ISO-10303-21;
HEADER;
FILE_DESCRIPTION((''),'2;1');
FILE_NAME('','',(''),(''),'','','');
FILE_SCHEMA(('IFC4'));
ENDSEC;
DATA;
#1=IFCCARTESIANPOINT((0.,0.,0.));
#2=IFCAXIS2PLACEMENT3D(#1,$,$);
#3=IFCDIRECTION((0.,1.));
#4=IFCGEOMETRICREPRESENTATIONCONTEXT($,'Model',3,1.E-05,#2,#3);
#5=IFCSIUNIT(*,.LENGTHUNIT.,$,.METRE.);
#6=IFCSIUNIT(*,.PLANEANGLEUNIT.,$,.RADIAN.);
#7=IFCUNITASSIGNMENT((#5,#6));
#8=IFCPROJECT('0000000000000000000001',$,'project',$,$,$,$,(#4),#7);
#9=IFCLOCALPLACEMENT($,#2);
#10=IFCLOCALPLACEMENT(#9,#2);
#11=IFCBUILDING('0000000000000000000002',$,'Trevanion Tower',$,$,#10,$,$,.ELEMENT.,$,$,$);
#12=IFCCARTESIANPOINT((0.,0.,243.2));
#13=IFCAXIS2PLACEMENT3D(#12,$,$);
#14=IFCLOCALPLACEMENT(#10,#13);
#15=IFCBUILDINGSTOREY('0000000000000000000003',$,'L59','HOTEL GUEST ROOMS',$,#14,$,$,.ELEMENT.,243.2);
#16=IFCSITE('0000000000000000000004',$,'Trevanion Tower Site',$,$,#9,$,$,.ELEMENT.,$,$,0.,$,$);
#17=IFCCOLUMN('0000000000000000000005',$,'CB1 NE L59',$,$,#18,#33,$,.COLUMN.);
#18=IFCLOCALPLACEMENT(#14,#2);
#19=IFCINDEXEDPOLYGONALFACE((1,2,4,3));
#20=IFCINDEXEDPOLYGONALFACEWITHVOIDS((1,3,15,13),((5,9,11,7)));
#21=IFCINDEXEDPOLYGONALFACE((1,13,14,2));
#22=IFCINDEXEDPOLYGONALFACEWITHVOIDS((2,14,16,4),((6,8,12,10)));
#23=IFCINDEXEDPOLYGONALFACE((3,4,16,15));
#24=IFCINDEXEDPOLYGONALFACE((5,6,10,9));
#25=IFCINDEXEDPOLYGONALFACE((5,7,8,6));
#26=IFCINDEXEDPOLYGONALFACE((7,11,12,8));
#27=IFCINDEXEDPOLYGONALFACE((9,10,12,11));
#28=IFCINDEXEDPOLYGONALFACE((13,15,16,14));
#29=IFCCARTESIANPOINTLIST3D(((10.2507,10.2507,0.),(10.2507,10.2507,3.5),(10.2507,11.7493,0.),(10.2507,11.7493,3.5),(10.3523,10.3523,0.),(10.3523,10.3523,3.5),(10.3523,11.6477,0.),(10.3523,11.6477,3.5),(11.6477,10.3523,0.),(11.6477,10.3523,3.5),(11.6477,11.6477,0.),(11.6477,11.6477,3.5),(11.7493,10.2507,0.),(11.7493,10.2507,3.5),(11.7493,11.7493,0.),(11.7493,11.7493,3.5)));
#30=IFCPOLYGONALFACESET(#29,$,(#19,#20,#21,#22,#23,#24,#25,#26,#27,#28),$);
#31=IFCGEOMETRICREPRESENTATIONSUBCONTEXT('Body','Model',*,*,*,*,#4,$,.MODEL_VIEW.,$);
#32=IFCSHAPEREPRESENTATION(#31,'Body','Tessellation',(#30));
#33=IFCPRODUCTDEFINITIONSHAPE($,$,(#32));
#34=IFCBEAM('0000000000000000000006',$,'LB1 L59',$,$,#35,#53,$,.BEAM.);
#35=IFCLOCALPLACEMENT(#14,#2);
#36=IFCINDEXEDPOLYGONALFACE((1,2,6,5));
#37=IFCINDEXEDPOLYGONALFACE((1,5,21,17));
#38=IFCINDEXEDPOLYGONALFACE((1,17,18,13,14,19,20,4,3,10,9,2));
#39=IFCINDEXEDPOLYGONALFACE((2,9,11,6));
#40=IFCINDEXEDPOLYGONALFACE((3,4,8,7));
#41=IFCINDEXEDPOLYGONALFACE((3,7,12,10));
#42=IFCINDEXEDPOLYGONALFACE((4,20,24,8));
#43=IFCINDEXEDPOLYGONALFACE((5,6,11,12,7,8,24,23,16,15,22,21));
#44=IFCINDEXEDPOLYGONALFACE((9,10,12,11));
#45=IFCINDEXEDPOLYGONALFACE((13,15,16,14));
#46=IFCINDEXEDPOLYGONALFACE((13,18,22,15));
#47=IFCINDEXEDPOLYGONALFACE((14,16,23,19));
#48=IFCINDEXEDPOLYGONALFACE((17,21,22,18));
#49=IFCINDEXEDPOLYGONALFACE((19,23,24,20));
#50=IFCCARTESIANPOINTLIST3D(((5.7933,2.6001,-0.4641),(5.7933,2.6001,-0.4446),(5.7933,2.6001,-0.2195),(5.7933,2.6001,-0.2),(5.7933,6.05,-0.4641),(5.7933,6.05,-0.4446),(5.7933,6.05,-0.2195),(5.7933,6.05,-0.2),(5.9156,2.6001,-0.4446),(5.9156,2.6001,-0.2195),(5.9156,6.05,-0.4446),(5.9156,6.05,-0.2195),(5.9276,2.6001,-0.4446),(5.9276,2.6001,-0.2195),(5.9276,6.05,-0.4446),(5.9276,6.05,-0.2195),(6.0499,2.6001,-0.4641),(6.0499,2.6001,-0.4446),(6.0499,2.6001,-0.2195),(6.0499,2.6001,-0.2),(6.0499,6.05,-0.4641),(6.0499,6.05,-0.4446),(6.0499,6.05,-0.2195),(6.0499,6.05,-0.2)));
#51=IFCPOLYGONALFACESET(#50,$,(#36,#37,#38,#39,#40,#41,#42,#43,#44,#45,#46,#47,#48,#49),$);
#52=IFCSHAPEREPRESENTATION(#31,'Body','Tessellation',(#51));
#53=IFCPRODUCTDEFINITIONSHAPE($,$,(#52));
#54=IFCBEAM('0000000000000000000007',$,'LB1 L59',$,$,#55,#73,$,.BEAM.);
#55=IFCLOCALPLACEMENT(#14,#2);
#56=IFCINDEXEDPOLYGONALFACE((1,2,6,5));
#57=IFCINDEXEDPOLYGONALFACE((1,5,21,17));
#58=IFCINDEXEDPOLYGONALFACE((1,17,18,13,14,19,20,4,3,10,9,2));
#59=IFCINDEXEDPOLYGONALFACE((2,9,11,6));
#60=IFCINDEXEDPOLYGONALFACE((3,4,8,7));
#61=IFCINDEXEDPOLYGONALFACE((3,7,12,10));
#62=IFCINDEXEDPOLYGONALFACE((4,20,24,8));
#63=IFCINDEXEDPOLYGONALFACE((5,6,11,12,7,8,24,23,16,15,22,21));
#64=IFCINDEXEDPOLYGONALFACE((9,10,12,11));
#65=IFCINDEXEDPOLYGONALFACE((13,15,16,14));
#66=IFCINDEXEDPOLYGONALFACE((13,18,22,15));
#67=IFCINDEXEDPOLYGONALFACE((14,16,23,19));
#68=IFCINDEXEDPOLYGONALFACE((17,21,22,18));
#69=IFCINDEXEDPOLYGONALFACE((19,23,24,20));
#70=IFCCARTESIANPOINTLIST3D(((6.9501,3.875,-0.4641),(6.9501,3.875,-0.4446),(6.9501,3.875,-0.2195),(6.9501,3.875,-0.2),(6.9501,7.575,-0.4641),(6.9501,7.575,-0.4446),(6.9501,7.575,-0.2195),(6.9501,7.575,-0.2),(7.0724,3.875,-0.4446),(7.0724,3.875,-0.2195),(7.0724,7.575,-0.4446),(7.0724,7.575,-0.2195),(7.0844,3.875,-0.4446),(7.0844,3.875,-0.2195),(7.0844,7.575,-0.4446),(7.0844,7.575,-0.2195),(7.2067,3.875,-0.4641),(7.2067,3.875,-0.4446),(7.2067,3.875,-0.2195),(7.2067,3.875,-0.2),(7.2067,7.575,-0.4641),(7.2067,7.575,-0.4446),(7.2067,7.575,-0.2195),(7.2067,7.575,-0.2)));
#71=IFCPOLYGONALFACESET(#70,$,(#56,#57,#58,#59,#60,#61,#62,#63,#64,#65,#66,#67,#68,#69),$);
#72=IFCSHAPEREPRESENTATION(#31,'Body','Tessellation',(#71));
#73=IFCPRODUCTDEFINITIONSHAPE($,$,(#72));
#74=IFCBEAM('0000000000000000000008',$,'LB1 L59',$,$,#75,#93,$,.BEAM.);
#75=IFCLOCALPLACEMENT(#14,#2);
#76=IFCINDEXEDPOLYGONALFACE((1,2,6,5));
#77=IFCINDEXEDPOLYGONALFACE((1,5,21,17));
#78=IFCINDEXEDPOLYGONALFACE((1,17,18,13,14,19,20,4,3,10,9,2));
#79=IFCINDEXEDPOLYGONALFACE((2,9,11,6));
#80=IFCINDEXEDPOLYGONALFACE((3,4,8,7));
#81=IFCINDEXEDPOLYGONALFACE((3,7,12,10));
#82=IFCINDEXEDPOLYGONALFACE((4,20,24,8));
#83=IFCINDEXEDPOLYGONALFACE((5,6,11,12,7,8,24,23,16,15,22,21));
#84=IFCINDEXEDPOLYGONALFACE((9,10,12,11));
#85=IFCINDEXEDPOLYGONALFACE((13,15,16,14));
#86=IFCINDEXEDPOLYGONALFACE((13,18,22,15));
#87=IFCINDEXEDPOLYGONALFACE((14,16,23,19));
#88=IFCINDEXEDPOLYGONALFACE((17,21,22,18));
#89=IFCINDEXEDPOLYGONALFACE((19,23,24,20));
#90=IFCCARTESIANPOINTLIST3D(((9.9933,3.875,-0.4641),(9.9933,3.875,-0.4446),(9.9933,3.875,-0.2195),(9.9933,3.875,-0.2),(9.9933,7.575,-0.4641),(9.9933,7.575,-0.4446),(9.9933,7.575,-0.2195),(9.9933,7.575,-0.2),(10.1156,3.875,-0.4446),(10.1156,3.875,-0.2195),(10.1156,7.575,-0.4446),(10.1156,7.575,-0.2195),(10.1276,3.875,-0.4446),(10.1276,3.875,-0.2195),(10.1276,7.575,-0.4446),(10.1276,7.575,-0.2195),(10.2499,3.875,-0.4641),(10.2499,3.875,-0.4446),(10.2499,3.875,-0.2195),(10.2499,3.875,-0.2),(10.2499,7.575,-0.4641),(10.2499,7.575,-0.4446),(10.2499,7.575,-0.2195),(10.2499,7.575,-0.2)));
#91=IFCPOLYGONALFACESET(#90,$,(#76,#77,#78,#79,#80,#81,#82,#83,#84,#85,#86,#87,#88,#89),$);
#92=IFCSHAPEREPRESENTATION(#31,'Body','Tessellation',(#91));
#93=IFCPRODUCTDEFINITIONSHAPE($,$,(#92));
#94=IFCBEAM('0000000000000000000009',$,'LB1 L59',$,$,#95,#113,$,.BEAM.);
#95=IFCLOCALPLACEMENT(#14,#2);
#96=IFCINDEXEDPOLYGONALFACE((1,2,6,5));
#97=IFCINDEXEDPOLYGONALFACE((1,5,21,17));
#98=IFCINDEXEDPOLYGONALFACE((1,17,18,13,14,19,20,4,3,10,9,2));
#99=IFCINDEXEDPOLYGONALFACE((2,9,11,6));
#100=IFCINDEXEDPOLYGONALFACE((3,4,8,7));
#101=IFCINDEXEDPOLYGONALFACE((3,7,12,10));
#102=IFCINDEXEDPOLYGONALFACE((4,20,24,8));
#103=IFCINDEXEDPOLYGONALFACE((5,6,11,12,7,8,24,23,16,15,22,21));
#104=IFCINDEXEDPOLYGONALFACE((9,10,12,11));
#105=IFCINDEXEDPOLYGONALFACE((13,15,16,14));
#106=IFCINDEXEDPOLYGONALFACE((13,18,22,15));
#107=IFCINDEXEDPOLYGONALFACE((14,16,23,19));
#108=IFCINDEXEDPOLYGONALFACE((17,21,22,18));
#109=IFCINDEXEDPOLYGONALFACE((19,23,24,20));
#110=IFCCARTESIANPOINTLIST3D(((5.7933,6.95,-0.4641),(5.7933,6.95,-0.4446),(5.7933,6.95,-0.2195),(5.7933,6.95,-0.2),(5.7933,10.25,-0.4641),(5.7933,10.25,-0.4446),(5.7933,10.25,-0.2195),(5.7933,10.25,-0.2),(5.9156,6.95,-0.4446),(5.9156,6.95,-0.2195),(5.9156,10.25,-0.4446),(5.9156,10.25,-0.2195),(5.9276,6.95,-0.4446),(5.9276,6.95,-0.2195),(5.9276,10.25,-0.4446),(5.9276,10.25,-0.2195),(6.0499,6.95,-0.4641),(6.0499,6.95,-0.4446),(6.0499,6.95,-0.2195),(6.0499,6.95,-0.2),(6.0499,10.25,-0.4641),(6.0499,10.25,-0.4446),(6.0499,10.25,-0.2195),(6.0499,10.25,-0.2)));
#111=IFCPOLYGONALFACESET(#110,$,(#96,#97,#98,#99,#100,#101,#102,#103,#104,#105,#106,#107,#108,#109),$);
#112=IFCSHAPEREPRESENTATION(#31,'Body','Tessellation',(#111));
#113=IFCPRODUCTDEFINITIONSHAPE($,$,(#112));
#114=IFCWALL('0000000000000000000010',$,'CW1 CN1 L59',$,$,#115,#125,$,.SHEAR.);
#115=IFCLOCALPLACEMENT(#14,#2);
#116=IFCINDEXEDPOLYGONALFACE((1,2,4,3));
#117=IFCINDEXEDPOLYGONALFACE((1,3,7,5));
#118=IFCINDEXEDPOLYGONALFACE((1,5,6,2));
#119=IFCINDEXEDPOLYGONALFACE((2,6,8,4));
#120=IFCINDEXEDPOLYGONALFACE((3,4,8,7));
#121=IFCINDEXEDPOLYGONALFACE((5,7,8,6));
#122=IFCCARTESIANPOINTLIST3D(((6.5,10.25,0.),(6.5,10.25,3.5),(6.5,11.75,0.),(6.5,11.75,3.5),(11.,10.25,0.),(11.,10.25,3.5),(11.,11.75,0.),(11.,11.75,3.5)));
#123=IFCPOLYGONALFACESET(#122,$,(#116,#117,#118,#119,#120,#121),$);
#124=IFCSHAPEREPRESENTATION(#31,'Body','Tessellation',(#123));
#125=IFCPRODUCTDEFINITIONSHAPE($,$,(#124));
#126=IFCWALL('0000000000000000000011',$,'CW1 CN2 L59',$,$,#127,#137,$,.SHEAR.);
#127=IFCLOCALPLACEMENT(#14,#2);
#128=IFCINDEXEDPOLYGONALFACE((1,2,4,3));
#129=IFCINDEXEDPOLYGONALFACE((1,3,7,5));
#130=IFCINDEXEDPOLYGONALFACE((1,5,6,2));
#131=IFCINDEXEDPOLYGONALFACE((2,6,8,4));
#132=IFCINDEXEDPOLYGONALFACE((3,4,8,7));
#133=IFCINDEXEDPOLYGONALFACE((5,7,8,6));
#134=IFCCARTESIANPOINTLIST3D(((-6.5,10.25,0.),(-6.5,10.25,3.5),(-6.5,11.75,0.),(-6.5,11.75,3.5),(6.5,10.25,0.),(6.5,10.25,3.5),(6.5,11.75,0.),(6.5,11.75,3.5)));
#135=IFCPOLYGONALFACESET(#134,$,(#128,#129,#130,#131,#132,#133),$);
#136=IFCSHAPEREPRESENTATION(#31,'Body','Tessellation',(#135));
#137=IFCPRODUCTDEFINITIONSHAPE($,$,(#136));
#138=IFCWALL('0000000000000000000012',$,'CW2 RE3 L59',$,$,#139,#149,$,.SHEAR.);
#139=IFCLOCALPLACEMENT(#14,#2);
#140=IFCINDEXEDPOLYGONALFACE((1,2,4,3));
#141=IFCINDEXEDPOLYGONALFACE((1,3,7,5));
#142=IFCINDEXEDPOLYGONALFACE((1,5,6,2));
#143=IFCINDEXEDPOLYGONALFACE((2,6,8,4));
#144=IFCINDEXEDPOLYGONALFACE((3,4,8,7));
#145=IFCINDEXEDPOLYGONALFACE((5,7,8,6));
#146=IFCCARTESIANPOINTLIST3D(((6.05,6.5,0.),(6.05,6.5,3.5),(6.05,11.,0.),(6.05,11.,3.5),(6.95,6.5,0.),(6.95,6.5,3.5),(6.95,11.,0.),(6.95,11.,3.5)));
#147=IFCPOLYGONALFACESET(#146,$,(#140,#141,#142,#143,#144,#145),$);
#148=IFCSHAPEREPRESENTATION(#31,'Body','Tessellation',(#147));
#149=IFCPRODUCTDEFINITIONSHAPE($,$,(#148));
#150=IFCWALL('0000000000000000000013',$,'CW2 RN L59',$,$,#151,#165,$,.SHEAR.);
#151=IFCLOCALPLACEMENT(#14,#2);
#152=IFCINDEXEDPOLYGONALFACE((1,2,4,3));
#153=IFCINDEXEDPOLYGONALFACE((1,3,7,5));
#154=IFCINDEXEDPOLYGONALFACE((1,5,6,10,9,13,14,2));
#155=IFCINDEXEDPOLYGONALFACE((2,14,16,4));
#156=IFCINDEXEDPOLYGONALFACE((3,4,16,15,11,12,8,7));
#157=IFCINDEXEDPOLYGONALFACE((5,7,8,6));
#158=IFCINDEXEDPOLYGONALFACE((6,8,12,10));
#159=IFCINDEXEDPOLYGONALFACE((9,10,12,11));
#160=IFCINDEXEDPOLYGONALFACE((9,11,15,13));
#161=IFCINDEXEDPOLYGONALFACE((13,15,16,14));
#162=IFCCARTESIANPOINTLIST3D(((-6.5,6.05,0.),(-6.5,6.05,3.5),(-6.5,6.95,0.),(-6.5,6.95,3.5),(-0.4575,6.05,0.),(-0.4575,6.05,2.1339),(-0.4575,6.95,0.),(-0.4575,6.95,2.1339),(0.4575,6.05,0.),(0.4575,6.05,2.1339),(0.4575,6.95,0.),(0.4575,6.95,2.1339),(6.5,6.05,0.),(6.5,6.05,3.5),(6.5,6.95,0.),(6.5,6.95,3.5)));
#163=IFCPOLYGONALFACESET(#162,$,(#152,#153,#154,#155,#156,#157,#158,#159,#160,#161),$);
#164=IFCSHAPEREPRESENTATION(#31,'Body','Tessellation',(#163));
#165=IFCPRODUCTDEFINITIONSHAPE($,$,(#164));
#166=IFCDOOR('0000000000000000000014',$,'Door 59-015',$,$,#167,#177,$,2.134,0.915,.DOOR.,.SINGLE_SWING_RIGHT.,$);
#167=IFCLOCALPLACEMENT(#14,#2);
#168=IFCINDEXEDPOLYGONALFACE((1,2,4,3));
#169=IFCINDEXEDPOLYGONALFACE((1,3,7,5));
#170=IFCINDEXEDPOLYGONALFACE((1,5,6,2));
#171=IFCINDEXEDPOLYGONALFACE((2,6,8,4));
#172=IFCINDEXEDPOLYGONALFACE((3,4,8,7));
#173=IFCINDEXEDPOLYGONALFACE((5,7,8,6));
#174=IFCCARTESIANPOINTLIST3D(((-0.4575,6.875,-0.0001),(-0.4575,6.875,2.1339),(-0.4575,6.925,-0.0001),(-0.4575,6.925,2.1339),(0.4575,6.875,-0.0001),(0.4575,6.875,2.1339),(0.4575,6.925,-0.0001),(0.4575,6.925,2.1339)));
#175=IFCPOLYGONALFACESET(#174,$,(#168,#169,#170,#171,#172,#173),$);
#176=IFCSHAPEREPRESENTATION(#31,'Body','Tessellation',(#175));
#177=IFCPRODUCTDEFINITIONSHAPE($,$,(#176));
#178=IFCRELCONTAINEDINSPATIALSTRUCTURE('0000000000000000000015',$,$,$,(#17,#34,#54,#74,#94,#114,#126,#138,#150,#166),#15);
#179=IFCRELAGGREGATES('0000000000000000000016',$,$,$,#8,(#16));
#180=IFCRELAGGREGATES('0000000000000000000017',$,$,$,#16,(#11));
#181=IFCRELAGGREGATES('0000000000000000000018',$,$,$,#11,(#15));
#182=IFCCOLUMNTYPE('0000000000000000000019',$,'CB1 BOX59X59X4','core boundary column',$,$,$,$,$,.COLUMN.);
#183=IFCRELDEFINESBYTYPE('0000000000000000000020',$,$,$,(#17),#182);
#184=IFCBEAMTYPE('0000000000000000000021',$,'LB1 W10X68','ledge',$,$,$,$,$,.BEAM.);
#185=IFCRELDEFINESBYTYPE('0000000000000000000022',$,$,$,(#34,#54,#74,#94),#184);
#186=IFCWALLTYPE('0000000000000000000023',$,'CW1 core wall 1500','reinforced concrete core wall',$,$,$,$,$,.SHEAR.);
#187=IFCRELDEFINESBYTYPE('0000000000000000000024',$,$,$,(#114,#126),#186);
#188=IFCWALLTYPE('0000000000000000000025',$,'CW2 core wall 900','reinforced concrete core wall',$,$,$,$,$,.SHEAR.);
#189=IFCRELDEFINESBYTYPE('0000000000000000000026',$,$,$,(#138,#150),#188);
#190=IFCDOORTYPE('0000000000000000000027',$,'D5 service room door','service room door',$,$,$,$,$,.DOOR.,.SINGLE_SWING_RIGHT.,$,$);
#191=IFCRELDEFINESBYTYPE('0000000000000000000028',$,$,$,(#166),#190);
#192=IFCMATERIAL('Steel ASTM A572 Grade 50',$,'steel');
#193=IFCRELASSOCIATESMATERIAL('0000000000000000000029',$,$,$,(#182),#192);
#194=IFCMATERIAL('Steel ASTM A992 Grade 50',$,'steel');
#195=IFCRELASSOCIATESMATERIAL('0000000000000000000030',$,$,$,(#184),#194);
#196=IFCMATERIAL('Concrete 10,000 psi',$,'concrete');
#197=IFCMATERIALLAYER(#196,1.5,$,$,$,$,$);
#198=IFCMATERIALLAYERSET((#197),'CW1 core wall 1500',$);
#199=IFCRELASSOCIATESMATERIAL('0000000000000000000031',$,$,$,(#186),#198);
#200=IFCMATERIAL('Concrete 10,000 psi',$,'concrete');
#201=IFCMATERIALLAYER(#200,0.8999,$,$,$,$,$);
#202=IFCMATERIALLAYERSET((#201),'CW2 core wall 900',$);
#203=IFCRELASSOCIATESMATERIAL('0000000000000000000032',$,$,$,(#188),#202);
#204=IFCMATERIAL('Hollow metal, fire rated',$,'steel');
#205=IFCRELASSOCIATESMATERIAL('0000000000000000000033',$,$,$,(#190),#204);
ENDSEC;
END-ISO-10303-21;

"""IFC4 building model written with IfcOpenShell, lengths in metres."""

from ifc_helpers import new_model, si_unit, direction, frame, frame_2d, origin, origin_2d, place, context, subcontext, project, spatial, rectangle, hollow_rectangle, i_section, extrude, material, layer, layer_set, material_profile, profile_set, type_object, element, fill, save


model = new_model("IFC4")

# Units and contexts
model_context = context("Model", 3, precision=1e-05, world=origin(), true_north=direction((0.0, 1.0)))
body_context = subcontext(model_context, "Body", "Model", "MODEL_VIEW")
ifc_project = project(units=[si_unit("LENGTHUNIT", "METRE"), si_unit("PLANEANGLEUNIT", "RADIAN")], contexts=[model_context])

# Site, building, storey
site_placement = place(None, origin())
site = spatial("IfcSite", under=ifc_project, at=site_placement, Name="Trevanion Tower Site", CompositionType="ELEMENT", RefElevation=0.0)
building_placement = place(site_placement, origin())
building = spatial("IfcBuilding", under=site, at=building_placement, Name="Trevanion Tower", CompositionType="ELEMENT")
storey_placement = place(building_placement, frame((0.0, 0.0, 243.2)))
storey = spatial("IfcBuildingStorey", under=building, at=storey_placement, Name="L59", Description="HOTEL GUEST ROOMS", CompositionType="ELEMENT", Elevation=243.2)

# Column
ifc_material_1 = material(Name="Steel ASTM A572 Grade 50", Category="steel")
ifc_material_profile_1 = material_profile(ifc_material_1, hollow_rectangle(XDim=1.4985, YDim=1.4985, WallThickness=0.1016, at=origin_2d()), Name="BOX59X59X4")
ifc_profile_set_1 = profile_set([ifc_material_profile_1], Name="Steel ASTM A572 Grade 50")
column_type = type_object("IfcColumnType", Name="CB1 BOX59X59X4", Description="core boundary column", PredefinedType="COLUMN", material=ifc_profile_set_1)
column_placement = place(storey_placement, frame((11.0, 11.0, 0.0), z_axis=(0.0, 0.0, 1.0), x_axis=(1.0, 0.0, 0.0)))
element("IfcColumn", 1, at=column_placement, inside=storey, type_object=column_type, Name="CB1 NE L59", PredefinedType="COLUMN", context=body_context, shape_type="SweptSolid", body=[
    extrude(hollow_rectangle(XDim=1.4985, YDim=1.4985, WallThickness=0.1016, at=origin_2d()), origin(), (0.0, 0.0, 1.0), 3.5),
])

# Beams
ifc_material_2 = material(Name="Steel ASTM A992 Grade 50", Category="steel")
ifc_material_profile_2 = material_profile(ifc_material_2, i_section(OverallWidth=0.2566, OverallDepth=0.2642, WebThickness=0.012, FlangeThickness=0.0195, at=origin_2d()), Name="W10X68")
ifc_profile_set_2 = profile_set([ifc_material_profile_2], Name="Steel ASTM A992 Grade 50")
beam_type = type_object("IfcBeamType", Name="LB1 W10X68", Description="ledge", PredefinedType="BEAM", material=ifc_profile_set_2)
beam_1_placement = place(storey_placement, frame((5.9216, 2.6001, -0.332), z_axis=(0.0, 1.0, 0.0), x_axis=(-1.0, 0.0, 0.0)))
element("IfcBeam", 2, at=beam_1_placement, inside=storey, type_object=beam_type, Name="LB1 L59", PredefinedType="BEAM", context=body_context, shape_type="SweptSolid", body=[
    extrude(i_section(OverallWidth=0.2566, OverallDepth=0.2642, WebThickness=0.012, FlangeThickness=0.0195, at=origin_2d()), origin(), (0.0, 0.0, 1.0), 3.45),
])
for number, where, z_axis, x_axis, name in (
    (3, (7.0784, 3.875, -0.332), (0.0, 1.0, 0.0), (-1.0, 0.0, 0.0), "LB1 L59"),
    (4, (10.1216, 3.875, -0.332), (0.0, 1.0, 0.0), (-1.0, 0.0, 0.0), "LB1 L59"),
):
    element("IfcBeam", number, at=place(storey_placement, frame(where, z_axis=z_axis, x_axis=x_axis)), inside=storey, type_object=beam_type, Name=name, PredefinedType="BEAM", context=body_context, shape_type="SweptSolid", body=[
        extrude(i_section(OverallWidth=0.2566, OverallDepth=0.2642, WebThickness=0.012, FlangeThickness=0.0195, at=origin_2d()), origin(), (0.0, 0.0, 1.0), 3.7),
    ])
beam_2_placement = place(storey_placement, frame((5.9216, 6.95, -0.332), z_axis=(0.0, 1.0, 0.0), x_axis=(-1.0, 0.0, 0.0)))
element("IfcBeam", 5, at=beam_2_placement, inside=storey, type_object=beam_type, Name="LB1 L59", PredefinedType="BEAM", context=body_context, shape_type="SweptSolid", body=[
    extrude(i_section(OverallWidth=0.2566, OverallDepth=0.2642, WebThickness=0.012, FlangeThickness=0.0195, at=origin_2d()), origin(), (0.0, 0.0, 1.0), 3.3),
])

# Walls
ifc_material_3 = material(Name="Concrete 10,000 psi", Category="concrete")
ifc_layer_1 = layer(ifc_material_3, 1.5)
ifc_layer_set_1 = layer_set([ifc_layer_1], Name="CW1 core wall 1500")
wall_type_1 = type_object("IfcWallType", Name="CW1 core wall 1500", Description="reinforced concrete core wall", PredefinedType="SHEAR", material=ifc_layer_set_1)
wall_1_placement = place(storey_placement, frame((11.0, 11.0, 0.0), z_axis=(0.0, 0.0, 1.0), x_axis=(-1.0, 0.0, 0.0)))
element("IfcWall", 6, at=wall_1_placement, inside=storey, type_object=wall_type_1, Name="CW1 CN1 L59", PredefinedType="SHEAR", context=body_context, shape_type="SweptSolid", body=[
    extrude(rectangle(XDim=4.5, YDim=1.5, at=frame_2d((2.25, 0.0))), origin(), (0.0, 0.0, 1.0), 3.5),
])
wall_2_placement = place(storey_placement, frame((6.5, 11.0, 0.0), z_axis=(0.0, 0.0, 1.0), x_axis=(-1.0, 0.0, 0.0)))
element("IfcWall", 7, at=wall_2_placement, inside=storey, type_object=wall_type_1, Name="CW1 CN2 L59", PredefinedType="SHEAR", context=body_context, shape_type="SweptSolid", body=[
    extrude(rectangle(XDim=13.0, YDim=1.5, at=frame_2d((6.5, 0.0))), origin(), (0.0, 0.0, 1.0), 3.5),
])
ifc_material_4 = material(Name="Concrete 10,000 psi", Category="concrete")
ifc_layer_2 = layer(ifc_material_4, 0.8999)
ifc_layer_set_2 = layer_set([ifc_layer_2], Name="CW2 core wall 900")
wall_type_2 = type_object("IfcWallType", Name="CW2 core wall 900", Description="reinforced concrete core wall", PredefinedType="SHEAR", material=ifc_layer_set_2)
wall_3_placement = place(storey_placement, frame((6.5, 6.5, 0.0), z_axis=(0.0, 0.0, 1.0), x_axis=(0.0, 1.0, 0.0)))
element("IfcWall", 8, at=wall_3_placement, inside=storey, type_object=wall_type_2, Name="CW2 RE3 L59", PredefinedType="SHEAR", context=body_context, shape_type="SweptSolid", body=[
    extrude(rectangle(XDim=4.5, YDim=0.8999, at=frame_2d((2.25, 0.0))), origin(), (0.0, 0.0, 1.0), 3.5),
])

# Wall, opening, door
wall_4_placement = place(storey_placement, frame((6.5, 6.5, 0.0), z_axis=(0.0, 0.0, 1.0), x_axis=(-1.0, 0.0, 0.0)))
wall_4 = element("IfcWall", 9, at=wall_4_placement, inside=storey, type_object=wall_type_2, Name="CW2 RN L59", PredefinedType="SHEAR", context=body_context, shape_type="SweptSolid", body=[
    extrude(rectangle(XDim=13.0, YDim=0.8999, at=frame_2d((6.5, 0.0))), origin(), (0.0, 0.0, 1.0), 3.5),
])
opening_1_placement = place(wall_4_placement, frame((6.0425, 0.0, 0.0)))
opening_1 = element("IfcOpeningElement", 10, at=opening_1_placement, cuts=wall_4, PredefinedType="OPENING", context=body_context, shape_type="SweptSolid", body=[
    extrude(rectangle(XDim=0.915, YDim=2.134, at=frame_2d((0.4575, 1.0669))), frame((0.0, 0.46, 0.0), z_axis=(0.0, -1.0, 0.0), x_axis=(1.0, 0.0, 0.0)), (0.0, 0.0, 1.0), 0.9199),
])
ifc_material_5 = material(Name="Hollow metal, fire rated", Category="steel")
door_type_1 = type_object("IfcDoorType", Name="D5 service room door", Description="service room door", OperationType="SINGLE_SWING_RIGHT", PredefinedType="DOOR", material=ifc_material_5)
door_1_placement = place(opening_1_placement, origin())
door_1 = element("IfcDoor", 11, at=door_1_placement, inside=storey, type_object=door_type_1, Name="Door 59-015", OperationType="SINGLE_SWING_RIGHT", OverallHeight=2.134, OverallWidth=0.915, PredefinedType="DOOR", context=body_context, shape_type="SweptSolid", body=[
    extrude(rectangle(XDim=0.915, YDim=2.134, at=frame_2d((0.4575, 1.0669))), frame((0.0, -0.375, 0.0), z_axis=(0.0, -1.0, 0.0), x_axis=(1.0, 0.0, 0.0)), (0.0, 0.0, 1.0), 0.05),
])
fill(opening_1, door_1)

save(model, "model.ifc")
